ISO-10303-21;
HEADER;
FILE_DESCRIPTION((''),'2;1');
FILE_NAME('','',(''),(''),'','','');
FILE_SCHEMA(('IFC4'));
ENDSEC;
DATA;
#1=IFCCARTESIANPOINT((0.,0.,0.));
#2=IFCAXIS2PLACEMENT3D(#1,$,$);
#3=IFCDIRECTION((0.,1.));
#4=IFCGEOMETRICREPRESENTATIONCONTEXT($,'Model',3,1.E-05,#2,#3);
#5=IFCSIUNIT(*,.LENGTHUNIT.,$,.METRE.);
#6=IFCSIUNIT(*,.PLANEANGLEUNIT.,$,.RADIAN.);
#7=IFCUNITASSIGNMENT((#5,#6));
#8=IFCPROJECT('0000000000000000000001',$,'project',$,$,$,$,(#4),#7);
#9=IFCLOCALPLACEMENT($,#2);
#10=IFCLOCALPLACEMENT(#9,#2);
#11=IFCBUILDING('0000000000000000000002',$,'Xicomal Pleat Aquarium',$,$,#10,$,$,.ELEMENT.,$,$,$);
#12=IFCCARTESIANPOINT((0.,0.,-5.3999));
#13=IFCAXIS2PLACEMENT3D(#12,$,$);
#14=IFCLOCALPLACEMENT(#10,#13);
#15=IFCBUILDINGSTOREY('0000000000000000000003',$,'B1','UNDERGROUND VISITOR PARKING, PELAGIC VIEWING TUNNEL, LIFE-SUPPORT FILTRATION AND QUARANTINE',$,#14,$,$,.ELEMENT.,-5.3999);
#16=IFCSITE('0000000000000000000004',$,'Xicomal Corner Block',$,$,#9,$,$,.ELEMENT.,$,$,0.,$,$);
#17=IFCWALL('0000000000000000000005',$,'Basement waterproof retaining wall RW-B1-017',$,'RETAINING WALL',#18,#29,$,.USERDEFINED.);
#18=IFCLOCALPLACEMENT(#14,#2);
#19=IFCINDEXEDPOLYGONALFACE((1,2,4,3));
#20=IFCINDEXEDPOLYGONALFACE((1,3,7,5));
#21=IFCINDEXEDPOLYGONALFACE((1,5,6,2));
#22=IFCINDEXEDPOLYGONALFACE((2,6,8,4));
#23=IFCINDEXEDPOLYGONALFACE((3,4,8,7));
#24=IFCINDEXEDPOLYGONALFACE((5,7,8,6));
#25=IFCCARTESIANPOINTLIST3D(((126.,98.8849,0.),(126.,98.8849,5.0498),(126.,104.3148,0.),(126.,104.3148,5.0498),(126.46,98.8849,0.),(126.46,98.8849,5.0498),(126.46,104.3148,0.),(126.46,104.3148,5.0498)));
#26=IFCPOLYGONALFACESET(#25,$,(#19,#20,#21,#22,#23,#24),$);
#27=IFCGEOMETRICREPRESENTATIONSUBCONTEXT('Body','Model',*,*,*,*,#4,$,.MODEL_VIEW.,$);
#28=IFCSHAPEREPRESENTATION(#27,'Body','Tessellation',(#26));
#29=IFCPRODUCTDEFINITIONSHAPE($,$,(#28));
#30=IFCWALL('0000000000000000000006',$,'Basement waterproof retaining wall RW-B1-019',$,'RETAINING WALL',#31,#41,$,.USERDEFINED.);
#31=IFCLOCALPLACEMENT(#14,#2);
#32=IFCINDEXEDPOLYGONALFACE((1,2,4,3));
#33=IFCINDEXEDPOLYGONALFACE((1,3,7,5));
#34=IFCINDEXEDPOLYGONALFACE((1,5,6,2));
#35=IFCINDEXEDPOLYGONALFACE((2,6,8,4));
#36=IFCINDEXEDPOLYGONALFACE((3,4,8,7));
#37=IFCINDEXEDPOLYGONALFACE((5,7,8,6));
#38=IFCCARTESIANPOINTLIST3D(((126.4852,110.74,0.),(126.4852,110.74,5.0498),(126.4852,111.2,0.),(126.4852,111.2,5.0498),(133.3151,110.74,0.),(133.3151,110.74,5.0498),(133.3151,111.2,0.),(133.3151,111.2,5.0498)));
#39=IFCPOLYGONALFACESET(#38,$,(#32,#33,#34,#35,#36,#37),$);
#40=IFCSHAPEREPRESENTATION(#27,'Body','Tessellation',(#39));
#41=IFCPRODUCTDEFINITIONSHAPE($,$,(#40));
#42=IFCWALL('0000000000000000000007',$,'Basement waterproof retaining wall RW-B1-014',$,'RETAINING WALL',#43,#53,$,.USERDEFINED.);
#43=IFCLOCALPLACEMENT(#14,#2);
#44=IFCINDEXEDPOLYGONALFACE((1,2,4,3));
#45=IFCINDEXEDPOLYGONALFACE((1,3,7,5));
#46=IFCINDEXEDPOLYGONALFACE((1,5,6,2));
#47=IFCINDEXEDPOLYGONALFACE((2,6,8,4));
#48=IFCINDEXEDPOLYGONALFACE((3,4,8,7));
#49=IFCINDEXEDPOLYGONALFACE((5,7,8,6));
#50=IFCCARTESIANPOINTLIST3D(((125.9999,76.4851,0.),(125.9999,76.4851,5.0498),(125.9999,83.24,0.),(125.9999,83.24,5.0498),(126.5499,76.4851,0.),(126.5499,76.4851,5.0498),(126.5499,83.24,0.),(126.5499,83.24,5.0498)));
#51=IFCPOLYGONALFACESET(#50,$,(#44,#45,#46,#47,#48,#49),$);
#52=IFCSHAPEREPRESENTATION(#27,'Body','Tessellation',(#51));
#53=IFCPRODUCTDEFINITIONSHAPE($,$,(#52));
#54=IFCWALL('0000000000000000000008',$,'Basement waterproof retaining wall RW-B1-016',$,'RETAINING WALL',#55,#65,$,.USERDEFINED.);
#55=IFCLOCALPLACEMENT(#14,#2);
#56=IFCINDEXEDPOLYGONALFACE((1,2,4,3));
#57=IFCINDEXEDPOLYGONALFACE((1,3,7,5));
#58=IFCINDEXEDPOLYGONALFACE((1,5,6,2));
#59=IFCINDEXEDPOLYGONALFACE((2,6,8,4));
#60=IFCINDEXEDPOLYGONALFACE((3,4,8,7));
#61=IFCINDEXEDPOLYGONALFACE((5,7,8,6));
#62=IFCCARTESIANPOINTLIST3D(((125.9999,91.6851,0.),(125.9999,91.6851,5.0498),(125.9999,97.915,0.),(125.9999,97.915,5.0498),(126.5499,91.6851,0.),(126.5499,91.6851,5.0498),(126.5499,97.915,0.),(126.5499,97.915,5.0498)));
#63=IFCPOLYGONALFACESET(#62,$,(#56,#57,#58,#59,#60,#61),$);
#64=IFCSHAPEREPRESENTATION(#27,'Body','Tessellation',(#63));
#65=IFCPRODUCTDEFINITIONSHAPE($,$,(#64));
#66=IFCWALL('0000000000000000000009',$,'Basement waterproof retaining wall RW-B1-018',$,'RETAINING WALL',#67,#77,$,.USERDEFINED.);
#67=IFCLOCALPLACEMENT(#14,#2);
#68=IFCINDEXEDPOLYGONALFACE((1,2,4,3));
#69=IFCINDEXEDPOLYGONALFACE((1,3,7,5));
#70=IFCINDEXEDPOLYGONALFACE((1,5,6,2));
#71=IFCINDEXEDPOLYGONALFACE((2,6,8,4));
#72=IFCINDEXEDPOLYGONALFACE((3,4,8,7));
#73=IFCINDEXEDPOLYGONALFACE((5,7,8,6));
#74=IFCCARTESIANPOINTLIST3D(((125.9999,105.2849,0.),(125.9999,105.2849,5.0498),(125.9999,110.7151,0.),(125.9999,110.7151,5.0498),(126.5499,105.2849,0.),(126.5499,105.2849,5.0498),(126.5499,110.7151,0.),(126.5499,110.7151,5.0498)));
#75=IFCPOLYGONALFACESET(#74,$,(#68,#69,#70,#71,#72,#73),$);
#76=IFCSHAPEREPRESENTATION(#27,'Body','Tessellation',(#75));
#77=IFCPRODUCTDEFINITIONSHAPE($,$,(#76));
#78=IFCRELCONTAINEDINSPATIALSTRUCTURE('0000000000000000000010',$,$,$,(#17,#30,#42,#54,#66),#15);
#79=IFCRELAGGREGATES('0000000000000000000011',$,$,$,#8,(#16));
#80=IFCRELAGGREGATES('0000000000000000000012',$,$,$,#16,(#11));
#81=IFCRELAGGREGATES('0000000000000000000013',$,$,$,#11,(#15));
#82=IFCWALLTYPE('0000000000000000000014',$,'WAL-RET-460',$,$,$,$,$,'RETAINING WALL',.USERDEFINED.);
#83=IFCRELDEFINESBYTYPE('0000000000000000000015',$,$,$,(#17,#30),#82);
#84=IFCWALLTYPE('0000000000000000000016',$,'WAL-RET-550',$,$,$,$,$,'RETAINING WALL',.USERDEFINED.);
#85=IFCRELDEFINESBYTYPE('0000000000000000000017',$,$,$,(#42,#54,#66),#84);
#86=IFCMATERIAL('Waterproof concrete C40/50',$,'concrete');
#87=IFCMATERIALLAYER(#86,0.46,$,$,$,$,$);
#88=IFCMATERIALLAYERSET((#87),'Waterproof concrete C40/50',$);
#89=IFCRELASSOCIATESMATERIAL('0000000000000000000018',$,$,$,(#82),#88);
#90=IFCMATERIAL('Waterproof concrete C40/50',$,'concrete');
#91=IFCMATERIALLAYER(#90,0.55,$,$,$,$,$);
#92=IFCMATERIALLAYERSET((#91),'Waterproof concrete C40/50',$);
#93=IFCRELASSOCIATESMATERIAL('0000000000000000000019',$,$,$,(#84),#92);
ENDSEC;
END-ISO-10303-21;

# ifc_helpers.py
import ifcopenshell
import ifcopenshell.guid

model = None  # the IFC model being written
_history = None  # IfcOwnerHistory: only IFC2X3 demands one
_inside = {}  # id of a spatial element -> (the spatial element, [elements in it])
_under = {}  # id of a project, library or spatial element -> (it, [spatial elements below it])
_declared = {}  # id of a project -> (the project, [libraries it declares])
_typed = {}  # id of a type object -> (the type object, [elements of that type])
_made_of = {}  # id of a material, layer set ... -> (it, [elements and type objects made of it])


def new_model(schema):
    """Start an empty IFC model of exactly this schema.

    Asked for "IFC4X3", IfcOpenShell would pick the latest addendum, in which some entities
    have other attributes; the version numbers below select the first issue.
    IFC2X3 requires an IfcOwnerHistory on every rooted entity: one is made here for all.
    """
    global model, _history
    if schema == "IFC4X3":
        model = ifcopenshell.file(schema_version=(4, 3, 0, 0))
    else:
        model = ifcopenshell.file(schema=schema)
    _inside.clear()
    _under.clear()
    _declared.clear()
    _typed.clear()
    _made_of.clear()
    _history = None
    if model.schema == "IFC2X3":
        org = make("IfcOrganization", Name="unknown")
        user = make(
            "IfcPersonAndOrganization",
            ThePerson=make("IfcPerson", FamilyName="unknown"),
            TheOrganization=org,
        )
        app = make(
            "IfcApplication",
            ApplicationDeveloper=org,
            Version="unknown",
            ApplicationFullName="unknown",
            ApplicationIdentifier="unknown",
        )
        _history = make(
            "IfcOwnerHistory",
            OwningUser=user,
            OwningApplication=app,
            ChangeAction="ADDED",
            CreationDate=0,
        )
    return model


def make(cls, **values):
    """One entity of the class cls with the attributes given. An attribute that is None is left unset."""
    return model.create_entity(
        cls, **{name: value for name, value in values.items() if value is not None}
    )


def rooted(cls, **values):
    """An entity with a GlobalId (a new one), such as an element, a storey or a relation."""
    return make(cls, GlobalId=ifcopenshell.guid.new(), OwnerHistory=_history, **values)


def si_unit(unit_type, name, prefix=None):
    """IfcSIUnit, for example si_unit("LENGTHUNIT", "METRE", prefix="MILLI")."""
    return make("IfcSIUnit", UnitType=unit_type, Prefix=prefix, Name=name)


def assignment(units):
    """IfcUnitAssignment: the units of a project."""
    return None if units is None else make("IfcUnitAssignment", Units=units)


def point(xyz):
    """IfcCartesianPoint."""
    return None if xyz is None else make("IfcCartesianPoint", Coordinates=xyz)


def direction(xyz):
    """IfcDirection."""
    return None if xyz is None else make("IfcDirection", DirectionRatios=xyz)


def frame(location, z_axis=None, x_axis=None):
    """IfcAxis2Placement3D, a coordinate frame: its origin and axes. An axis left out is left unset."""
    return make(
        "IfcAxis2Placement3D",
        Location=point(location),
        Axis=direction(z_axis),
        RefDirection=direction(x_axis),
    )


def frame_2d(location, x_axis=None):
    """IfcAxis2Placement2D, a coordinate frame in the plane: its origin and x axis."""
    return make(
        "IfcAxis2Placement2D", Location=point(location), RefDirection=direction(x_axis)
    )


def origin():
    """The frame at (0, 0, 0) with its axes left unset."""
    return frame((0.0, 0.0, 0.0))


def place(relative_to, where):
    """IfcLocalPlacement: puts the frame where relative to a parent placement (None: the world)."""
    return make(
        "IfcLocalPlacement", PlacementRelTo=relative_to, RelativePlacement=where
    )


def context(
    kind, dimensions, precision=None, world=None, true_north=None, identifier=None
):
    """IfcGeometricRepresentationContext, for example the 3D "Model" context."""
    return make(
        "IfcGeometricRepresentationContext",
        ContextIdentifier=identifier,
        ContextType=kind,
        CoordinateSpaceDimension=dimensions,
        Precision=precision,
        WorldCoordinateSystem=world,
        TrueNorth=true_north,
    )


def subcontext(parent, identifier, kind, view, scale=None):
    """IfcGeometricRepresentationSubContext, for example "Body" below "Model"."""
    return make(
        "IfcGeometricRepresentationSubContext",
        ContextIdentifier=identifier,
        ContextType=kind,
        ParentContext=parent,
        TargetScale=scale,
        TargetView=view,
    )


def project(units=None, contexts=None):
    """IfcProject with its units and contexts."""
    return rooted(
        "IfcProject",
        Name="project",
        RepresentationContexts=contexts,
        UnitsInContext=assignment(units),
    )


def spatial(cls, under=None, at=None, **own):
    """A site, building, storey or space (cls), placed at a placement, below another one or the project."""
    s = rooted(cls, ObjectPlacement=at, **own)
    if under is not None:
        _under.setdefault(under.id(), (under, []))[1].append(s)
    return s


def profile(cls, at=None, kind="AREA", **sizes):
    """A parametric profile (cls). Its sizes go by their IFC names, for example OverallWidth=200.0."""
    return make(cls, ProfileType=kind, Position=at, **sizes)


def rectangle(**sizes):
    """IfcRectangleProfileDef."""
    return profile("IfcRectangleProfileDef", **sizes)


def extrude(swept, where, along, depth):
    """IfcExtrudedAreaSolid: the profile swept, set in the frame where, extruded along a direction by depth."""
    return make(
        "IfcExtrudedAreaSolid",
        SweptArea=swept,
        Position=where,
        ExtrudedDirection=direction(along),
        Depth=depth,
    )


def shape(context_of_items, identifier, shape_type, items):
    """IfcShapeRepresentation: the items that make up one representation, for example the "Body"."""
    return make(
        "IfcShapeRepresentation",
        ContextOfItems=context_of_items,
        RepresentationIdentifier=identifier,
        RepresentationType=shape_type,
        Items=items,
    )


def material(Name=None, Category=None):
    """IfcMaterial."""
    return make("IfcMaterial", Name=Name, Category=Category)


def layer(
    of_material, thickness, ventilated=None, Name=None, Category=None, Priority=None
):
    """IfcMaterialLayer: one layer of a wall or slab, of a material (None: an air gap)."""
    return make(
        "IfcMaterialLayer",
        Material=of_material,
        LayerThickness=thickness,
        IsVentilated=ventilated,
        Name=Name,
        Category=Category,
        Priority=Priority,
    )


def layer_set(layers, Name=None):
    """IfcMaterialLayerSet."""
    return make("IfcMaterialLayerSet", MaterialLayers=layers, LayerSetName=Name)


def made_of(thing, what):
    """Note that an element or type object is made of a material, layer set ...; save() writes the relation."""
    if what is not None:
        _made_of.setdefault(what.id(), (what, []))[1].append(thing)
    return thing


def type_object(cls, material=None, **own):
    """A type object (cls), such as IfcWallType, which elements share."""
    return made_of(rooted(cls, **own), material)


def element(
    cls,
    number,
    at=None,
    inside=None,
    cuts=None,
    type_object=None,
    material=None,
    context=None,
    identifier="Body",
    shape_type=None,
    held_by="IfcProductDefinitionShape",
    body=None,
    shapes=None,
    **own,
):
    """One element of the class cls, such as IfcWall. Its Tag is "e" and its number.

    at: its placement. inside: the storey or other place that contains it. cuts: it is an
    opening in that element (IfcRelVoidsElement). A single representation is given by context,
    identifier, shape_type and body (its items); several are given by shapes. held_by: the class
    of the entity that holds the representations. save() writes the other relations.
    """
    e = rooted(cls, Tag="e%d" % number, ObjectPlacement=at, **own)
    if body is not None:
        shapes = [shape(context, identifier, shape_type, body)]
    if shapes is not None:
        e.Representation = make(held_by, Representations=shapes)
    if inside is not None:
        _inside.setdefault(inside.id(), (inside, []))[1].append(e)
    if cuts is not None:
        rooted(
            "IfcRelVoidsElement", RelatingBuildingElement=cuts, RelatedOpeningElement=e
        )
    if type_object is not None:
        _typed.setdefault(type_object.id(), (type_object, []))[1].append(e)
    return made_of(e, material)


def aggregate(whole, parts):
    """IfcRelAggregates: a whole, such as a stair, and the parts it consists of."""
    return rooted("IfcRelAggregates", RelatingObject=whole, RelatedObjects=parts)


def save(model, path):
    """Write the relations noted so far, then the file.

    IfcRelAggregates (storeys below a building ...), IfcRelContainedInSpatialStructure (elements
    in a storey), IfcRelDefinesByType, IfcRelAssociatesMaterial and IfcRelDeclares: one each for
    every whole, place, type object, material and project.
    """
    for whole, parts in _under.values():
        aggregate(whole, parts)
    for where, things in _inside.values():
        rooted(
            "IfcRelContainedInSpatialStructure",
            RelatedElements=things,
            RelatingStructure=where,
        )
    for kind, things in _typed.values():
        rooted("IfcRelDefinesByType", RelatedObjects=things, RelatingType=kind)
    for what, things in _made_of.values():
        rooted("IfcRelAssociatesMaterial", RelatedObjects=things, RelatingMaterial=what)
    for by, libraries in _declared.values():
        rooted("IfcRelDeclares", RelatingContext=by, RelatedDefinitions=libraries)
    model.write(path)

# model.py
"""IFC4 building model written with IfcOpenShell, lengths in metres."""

from ifc_helpers import new_model, si_unit, direction, frame, frame_2d, origin, place, context, subcontext, project, spatial, rectangle, extrude, material, layer, layer_set, type_object, element, save


model = new_model("IFC4")

# Units and contexts
model_context = context("Model", 3, precision=1e-05, world=origin(), true_north=direction((0.0, 1.0)))
body_context = subcontext(model_context, "Body", "Model", "MODEL_VIEW")
ifc_project = project(units=[si_unit("LENGTHUNIT", "METRE"), si_unit("PLANEANGLEUNIT", "RADIAN")], contexts=[model_context])

# Site, building, storey
site_placement = place(None, origin())
site = spatial("IfcSite", under=ifc_project, at=site_placement, Name="Xicomal Corner Block", CompositionType="ELEMENT", RefElevation=0.0)
building_placement = place(site_placement, origin())
building = spatial("IfcBuilding", under=site, at=building_placement, Name="Xicomal Pleat Aquarium", CompositionType="ELEMENT")
storey_placement = place(building_placement, frame((0.0, 0.0, -5.3999)))
storey = spatial("IfcBuildingStorey", under=building, at=storey_placement, Name="B1", Description="UNDERGROUND VISITOR PARKING, PELAGIC VIEWING TUNNEL, LIFE-SUPPORT FILTRATION AND QUARANTINE", CompositionType="ELEMENT", Elevation=-5.3999)

# Walls
ifc_material_1 = material(Name="Waterproof concrete C40/50", Category="concrete")
ifc_layer_1 = layer(ifc_material_1, 0.46)
ifc_layer_set_1 = layer_set([ifc_layer_1], Name="Waterproof concrete C40/50")
wall_type_1 = type_object("IfcWallType", Name="WAL-RET-460", ElementType="RETAINING WALL", PredefinedType="USERDEFINED", material=ifc_layer_set_1)
wall_1_placement = place(storey_placement, frame((126.23, 98.885, 0.0), z_axis=(0.0, 0.0, 1.0), x_axis=(0.0, 1.0, 0.0)))
element("IfcWall", 1, at=wall_1_placement, inside=storey, type_object=wall_type_1, Name="Basement waterproof retaining wall RW-B1-017", ObjectType="RETAINING WALL", PredefinedType="USERDEFINED", context=body_context, shape_type="SweptSolid", body=[
    extrude(rectangle(XDim=5.4299, YDim=0.46, at=frame_2d((2.7148, 0.0))), origin(), (0.0, 0.0, 1.0), 5.0498),
])
wall_2_placement = place(storey_placement, frame((126.4851, 110.97, 0.0), z_axis=(0.0, 0.0, 1.0), x_axis=(1.0, 0.0, 0.0)))
element("IfcWall", 2, at=wall_2_placement, inside=storey, type_object=wall_type_1, Name="Basement waterproof retaining wall RW-B1-019", ObjectType="RETAINING WALL", PredefinedType="USERDEFINED", context=body_context, shape_type="SweptSolid", body=[
    extrude(rectangle(XDim=6.8298, YDim=0.46, at=frame_2d((3.415, 0.0))), origin(), (0.0, 0.0, 1.0), 5.0498),
])
ifc_material_2 = material(Name="Waterproof concrete C40/50", Category="concrete")
ifc_layer_2 = layer(ifc_material_2, 0.55)
ifc_layer_set_2 = layer_set([ifc_layer_2], Name="Waterproof concrete C40/50")
wall_type_2 = type_object("IfcWallType", Name="WAL-RET-550", ElementType="RETAINING WALL", PredefinedType="USERDEFINED", material=ifc_layer_set_2)
wall_3_placement = place(storey_placement, frame((126.2749, 76.4851, 0.0), z_axis=(0.0, 0.0, 1.0), x_axis=(0.0, 1.0, 0.0)))
element("IfcWall", 3, at=wall_3_placement, inside=storey, type_object=wall_type_2, Name="Basement waterproof retaining wall RW-B1-014", ObjectType="RETAINING WALL", PredefinedType="USERDEFINED", context=body_context, shape_type="SweptSolid", body=[
    extrude(rectangle(XDim=6.7549, YDim=0.55, at=frame_2d((3.3774, 0.0))), origin(), (0.0, 0.0, 1.0), 5.0498),
])
wall_4_placement = place(storey_placement, frame((126.2749, 91.6851, 0.0), z_axis=(0.0, 0.0, 1.0), x_axis=(0.0, 1.0, 0.0)))
element("IfcWall", 4, at=wall_4_placement, inside=storey, type_object=wall_type_2, Name="Basement waterproof retaining wall RW-B1-016", ObjectType="RETAINING WALL", PredefinedType="USERDEFINED", context=body_context, shape_type="SweptSolid", body=[
    extrude(rectangle(XDim=6.23, YDim=0.55, at=frame_2d((3.115, 0.0))), origin(), (0.0, 0.0, 1.0), 5.0498),
])
wall_5_placement = place(storey_placement, frame((126.2749, 105.2849, 0.0), z_axis=(0.0, 0.0, 1.0), x_axis=(0.0, 1.0, 0.0)))
element("IfcWall", 5, at=wall_5_placement, inside=storey, type_object=wall_type_2, Name="Basement waterproof retaining wall RW-B1-018", ObjectType="RETAINING WALL", PredefinedType="USERDEFINED", context=body_context, shape_type="SweptSolid", body=[
    extrude(rectangle(XDim=5.4302, YDim=0.55, at=frame_2d((2.7151, 0.0))), origin(), (0.0, 0.0, 1.0), 5.0498),
])

save(model, "model.ifc")
